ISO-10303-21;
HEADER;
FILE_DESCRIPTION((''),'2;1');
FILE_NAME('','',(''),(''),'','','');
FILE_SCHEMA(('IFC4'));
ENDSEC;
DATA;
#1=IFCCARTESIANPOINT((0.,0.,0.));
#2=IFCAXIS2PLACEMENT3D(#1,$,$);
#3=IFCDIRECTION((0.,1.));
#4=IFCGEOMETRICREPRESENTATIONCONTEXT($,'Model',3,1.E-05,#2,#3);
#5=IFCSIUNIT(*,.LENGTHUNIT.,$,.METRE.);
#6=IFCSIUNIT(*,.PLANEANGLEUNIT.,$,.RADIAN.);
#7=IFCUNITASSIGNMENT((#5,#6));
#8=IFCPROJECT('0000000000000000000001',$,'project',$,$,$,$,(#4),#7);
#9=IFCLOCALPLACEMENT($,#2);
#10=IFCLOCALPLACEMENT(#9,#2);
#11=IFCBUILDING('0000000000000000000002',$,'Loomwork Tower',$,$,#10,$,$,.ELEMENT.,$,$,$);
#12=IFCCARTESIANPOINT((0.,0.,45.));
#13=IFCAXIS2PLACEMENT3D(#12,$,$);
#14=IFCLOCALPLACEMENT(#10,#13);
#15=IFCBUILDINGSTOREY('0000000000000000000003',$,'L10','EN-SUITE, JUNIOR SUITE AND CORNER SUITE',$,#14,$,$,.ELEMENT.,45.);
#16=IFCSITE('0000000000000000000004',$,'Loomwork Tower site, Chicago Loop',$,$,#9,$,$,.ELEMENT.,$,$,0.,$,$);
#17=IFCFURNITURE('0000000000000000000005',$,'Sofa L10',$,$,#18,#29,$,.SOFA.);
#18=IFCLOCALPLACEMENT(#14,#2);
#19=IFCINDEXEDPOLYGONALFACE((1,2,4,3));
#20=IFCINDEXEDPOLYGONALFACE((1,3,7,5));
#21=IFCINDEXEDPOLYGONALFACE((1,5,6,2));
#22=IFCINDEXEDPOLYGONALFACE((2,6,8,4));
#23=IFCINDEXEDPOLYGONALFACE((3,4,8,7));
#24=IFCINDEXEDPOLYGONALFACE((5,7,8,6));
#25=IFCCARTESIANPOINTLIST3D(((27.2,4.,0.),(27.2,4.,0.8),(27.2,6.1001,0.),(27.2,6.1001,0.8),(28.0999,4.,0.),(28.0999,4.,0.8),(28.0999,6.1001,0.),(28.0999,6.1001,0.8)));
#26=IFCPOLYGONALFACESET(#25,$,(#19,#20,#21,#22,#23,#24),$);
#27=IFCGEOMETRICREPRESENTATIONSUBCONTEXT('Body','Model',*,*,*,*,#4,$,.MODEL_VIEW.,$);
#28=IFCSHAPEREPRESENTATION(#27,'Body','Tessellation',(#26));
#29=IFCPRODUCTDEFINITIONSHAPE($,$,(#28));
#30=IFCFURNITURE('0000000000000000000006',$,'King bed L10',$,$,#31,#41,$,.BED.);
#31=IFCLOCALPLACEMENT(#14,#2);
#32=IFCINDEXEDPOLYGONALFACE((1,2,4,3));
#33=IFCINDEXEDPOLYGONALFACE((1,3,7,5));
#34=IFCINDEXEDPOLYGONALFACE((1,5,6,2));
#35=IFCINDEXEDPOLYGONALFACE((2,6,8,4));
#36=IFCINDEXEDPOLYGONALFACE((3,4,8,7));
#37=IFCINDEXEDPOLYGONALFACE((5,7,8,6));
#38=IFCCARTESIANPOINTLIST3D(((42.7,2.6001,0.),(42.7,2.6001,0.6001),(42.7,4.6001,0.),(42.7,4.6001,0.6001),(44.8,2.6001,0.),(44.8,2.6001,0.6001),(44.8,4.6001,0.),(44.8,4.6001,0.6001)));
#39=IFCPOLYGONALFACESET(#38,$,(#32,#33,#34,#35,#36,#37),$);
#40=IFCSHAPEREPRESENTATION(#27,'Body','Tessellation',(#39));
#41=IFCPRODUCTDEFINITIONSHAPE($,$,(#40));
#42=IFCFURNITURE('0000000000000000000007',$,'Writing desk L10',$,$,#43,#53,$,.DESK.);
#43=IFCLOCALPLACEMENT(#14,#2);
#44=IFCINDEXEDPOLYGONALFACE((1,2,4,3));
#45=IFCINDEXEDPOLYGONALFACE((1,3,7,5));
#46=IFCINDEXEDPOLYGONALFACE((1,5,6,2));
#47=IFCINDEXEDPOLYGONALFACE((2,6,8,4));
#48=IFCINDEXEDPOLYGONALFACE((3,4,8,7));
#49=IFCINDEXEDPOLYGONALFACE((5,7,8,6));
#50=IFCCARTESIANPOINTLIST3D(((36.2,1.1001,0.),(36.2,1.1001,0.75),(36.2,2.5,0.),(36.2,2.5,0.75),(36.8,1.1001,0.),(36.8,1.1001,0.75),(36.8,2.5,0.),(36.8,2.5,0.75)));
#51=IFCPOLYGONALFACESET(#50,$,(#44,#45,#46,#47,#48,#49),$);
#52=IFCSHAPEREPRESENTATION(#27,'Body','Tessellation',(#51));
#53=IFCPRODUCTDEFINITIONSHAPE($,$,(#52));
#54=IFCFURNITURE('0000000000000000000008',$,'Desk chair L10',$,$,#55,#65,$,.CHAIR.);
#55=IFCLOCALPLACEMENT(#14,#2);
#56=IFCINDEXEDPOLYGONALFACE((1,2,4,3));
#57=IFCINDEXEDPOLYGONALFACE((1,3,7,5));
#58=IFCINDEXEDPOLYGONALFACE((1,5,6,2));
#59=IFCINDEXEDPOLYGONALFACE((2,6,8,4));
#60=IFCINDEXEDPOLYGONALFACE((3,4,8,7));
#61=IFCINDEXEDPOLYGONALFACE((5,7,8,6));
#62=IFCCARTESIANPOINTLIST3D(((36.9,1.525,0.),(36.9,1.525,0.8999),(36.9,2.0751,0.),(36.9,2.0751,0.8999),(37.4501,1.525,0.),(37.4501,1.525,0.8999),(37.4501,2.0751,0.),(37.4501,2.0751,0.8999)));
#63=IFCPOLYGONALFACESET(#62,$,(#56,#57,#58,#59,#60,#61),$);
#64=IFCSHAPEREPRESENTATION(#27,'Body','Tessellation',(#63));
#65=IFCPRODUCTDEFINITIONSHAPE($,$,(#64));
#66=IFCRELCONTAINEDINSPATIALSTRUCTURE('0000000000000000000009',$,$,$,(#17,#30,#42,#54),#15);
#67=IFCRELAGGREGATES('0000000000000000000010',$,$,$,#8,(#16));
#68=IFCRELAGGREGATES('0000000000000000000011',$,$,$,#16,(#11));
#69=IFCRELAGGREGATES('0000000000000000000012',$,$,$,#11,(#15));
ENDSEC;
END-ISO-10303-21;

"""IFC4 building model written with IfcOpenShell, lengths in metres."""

from ifc_helpers import new_model, si_unit, direction, frame, origin, origin_2d, place, context, subcontext, project, spatial, rectangle, extrude, element, save


model = new_model("IFC4")

# Units and contexts
model_context = context("Model", 3, precision=1e-05, world=origin(), true_north=direction((0.0, 1.0)))
body_context = subcontext(model_context, "Body", "Model", "MODEL_VIEW")
ifc_project = project(units=[si_unit("LENGTHUNIT", "METRE"), si_unit("PLANEANGLEUNIT", "RADIAN")], contexts=[model_context])

# Site, building, storey
site_placement = place(None, origin())
site = spatial("IfcSite", under=ifc_project, at=site_placement, Name="Loomwork Tower site, Chicago Loop", CompositionType="ELEMENT", RefElevation=0.0)
building_placement = place(site_placement, origin())
building = spatial("IfcBuilding", under=site, at=building_placement, Name="Loomwork Tower", CompositionType="ELEMENT")
storey_placement = place(building_placement, frame((0.0, 0.0, 45.0)))
storey = spatial("IfcBuildingStorey", under=building, at=storey_placement, Name="L10", Description="EN-SUITE, JUNIOR SUITE AND CORNER SUITE", CompositionType="ELEMENT", Elevation=45.0)

# Furniture
furniture_1_placement = place(storey_placement, frame((27.6499, 5.05, 0.0), z_axis=(0.0, 0.0, 1.0), x_axis=(1.0, 0.0, 0.0)))
element("IfcFurniture", 1, at=furniture_1_placement, inside=storey, Name="Sofa L10", PredefinedType="SOFA", context=body_context, shape_type="SweptSolid", body=[
    extrude(rectangle(XDim=0.8999, YDim=2.1001, at=origin_2d()), origin(), (0.0, 0.0, 1.0), 0.8),
])
furniture_2_placement = place(storey_placement, frame((43.75, 3.6001, 0.0), z_axis=(0.0, 0.0, 1.0), x_axis=(1.0, 0.0, 0.0)))
element("IfcFurniture", 2, at=furniture_2_placement, inside=storey, Name="King bed L10", PredefinedType="BED", context=body_context, shape_type="SweptSolid", body=[
    extrude(rectangle(XDim=2.1001, YDim=2.0, at=origin_2d()), origin(), (0.0, 0.0, 1.0), 0.6001),
])
furniture_3_placement = place(storey_placement, frame((36.5, 1.8, 0.0), z_axis=(0.0, 0.0, 1.0), x_axis=(1.0, 0.0, 0.0)))
element("IfcFurniture", 3, at=furniture_3_placement, inside=storey, Name="Writing desk L10", PredefinedType="DESK", context=body_context, shape_type="SweptSolid", body=[
    extrude(rectangle(XDim=0.6001, YDim=1.3999, at=origin_2d()), origin(), (0.0, 0.0, 1.0), 0.75),
])
furniture_4_placement = place(storey_placement, frame((37.175, 1.8, 0.0), z_axis=(0.0, 0.0, 1.0), x_axis=(1.0, 0.0, 0.0)))
element("IfcFurniture", 4, at=furniture_4_placement, inside=storey, Name="Desk chair L10", PredefinedType="CHAIR", context=body_context, shape_type="SweptSolid", body=[
    extrude(rectangle(XDim=0.55, YDim=0.55, at=origin_2d()), origin(), (0.0, 0.0, 1.0), 0.8999),
])

save(model, "model.ifc")
